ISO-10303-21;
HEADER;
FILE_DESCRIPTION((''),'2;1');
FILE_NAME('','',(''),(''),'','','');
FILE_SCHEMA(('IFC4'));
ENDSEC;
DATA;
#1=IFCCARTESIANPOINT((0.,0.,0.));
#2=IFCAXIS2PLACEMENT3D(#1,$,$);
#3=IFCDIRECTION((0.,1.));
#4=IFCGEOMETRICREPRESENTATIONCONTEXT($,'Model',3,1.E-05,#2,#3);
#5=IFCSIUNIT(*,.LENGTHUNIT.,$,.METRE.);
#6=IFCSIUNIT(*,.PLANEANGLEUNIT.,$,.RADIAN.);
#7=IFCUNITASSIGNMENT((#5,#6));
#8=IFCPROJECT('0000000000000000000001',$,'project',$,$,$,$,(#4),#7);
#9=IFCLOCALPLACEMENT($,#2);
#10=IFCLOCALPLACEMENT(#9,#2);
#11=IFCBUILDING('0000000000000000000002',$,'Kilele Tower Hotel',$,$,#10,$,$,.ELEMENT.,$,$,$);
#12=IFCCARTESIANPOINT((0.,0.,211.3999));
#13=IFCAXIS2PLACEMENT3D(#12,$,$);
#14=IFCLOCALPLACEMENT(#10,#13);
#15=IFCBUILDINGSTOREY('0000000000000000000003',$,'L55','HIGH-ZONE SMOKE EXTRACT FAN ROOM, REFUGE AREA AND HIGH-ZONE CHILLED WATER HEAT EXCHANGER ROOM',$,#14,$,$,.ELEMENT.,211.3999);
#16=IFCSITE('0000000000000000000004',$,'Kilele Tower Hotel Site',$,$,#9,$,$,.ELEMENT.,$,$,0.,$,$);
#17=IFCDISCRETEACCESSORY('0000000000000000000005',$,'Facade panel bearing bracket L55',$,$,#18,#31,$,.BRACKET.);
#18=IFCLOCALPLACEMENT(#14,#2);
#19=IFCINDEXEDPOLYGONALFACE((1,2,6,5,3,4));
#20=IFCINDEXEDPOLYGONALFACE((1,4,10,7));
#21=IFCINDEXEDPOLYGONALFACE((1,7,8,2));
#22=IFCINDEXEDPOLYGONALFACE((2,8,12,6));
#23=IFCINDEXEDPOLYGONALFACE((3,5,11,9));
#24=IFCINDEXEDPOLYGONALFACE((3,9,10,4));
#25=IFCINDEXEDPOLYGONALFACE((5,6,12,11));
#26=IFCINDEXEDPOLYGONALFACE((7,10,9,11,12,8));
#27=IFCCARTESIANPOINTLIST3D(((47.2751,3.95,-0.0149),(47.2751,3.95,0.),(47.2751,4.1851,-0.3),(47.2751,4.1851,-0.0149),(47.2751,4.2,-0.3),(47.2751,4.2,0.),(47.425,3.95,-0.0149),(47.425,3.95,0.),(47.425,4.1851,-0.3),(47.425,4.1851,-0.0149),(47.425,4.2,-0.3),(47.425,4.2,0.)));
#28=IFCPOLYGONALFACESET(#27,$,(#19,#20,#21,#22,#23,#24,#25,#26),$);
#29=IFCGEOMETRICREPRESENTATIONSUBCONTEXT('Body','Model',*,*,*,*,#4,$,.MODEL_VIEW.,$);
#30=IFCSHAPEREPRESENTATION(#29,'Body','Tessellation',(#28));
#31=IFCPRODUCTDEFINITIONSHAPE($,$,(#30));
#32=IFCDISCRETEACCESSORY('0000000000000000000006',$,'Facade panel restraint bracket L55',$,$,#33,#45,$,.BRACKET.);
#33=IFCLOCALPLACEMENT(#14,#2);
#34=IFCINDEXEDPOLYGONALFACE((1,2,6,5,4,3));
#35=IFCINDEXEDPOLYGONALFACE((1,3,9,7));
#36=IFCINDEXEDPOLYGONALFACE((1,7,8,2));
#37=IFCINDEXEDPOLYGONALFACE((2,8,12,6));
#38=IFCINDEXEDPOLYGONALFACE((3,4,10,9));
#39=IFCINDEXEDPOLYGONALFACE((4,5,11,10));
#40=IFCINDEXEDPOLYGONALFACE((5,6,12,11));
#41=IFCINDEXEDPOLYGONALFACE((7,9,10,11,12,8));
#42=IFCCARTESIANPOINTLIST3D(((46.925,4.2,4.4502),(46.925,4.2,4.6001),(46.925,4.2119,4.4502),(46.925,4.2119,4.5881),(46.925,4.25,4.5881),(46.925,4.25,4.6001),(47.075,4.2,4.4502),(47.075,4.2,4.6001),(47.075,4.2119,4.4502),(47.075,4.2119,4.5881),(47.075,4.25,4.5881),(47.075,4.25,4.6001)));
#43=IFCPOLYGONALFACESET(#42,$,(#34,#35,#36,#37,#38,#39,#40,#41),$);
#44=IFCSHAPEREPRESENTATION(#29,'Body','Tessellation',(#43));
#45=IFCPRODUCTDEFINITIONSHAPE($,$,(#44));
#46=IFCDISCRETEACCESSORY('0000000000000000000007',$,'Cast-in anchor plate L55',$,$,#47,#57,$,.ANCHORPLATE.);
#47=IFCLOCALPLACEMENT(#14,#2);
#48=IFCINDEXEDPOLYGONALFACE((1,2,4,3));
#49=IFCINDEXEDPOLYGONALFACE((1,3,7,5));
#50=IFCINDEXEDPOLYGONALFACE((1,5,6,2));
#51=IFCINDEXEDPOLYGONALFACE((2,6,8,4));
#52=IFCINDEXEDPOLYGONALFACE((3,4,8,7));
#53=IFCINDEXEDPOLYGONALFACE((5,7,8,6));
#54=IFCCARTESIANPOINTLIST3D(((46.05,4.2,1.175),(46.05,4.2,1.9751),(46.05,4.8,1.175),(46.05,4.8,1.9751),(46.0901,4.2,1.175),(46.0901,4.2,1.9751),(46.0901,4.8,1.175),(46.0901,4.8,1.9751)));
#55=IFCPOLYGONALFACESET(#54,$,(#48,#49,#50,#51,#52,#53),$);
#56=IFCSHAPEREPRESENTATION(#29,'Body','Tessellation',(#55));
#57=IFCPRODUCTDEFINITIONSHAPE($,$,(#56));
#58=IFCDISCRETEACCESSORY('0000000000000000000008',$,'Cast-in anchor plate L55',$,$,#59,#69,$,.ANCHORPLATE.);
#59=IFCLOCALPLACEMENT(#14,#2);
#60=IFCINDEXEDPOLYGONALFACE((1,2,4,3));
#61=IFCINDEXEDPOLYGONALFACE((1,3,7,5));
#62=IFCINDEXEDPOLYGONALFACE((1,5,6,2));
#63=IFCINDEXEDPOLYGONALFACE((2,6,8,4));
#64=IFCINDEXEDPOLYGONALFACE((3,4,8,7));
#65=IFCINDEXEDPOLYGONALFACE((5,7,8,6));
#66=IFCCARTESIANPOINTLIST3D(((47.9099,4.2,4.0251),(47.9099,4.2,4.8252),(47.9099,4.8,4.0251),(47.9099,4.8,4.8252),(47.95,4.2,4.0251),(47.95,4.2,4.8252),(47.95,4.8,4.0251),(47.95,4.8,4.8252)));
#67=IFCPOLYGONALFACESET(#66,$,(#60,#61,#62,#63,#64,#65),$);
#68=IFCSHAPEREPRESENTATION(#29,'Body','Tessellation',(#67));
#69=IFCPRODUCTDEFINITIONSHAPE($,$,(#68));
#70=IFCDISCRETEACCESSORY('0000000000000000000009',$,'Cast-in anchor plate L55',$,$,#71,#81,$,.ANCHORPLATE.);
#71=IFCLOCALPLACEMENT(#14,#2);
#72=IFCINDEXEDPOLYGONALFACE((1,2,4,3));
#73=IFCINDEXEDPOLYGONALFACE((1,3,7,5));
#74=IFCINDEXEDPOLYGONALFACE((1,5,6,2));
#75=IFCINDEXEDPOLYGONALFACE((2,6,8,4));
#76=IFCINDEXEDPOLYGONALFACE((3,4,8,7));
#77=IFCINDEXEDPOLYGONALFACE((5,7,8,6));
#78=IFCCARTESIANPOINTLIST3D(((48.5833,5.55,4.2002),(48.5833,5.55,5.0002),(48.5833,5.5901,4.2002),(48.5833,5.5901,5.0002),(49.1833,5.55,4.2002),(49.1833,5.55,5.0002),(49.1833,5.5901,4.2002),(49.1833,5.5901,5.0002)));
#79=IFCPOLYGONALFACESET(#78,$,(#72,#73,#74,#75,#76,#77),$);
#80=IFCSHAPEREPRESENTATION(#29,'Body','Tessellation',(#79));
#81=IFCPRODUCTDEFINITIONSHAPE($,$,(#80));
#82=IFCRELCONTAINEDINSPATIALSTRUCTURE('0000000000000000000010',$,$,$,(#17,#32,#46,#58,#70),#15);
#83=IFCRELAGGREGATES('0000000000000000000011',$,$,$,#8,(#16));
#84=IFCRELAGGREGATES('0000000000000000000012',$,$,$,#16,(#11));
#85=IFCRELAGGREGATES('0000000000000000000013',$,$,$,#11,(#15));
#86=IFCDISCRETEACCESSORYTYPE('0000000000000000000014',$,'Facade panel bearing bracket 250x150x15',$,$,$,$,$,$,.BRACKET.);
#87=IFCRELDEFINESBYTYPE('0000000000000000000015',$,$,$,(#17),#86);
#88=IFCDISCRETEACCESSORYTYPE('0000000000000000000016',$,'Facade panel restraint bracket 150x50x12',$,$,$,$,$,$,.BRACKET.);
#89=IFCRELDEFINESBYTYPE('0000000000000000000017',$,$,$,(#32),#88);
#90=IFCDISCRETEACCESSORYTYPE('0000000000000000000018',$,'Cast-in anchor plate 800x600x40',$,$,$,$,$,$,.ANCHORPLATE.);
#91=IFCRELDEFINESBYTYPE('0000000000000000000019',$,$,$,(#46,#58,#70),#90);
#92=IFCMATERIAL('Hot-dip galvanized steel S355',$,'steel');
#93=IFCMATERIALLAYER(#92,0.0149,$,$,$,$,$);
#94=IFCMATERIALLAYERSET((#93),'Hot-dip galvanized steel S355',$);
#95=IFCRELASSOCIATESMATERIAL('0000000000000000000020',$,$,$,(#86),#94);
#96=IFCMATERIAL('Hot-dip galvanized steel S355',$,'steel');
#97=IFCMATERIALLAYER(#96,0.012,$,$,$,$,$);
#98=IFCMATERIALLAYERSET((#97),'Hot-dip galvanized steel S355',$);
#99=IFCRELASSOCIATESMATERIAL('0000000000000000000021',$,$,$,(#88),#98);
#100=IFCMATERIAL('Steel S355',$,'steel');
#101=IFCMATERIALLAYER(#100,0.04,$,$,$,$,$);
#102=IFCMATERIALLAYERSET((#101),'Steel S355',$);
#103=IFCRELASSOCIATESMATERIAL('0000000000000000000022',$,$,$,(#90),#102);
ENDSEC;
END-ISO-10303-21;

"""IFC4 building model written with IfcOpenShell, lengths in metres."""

from ifc_helpers import new_model, si_unit, direction, frame, origin, place, context, subcontext, project, spatial, polyline, outline, extrude, source, transform, mapped, material, layer, layer_set, type_object, element, save


model = new_model("IFC4")

# Units and contexts
model_context = context("Model", 3, precision=1e-05, world=origin(), true_north=direction((0.0, 1.0)))
body_context = subcontext(model_context, "Body", "Model", "MODEL_VIEW")
ifc_project = project(units=[si_unit("LENGTHUNIT", "METRE"), si_unit("PLANEANGLEUNIT", "RADIAN")], contexts=[model_context])

# Site, building, storey
site_placement = place(None, origin())
site = spatial("IfcSite", under=ifc_project, at=site_placement, Name="Kilele Tower Hotel Site", CompositionType="ELEMENT", RefElevation=0.0)
building_placement = place(site_placement, origin())
building = spatial("IfcBuilding", under=site, at=building_placement, Name="Kilele Tower Hotel", CompositionType="ELEMENT")
storey_placement = place(building_placement, frame((0.0, 0.0, 211.3999)))
storey = spatial("IfcBuildingStorey", under=building, at=storey_placement, Name="L55", Description="HIGH-ZONE SMOKE EXTRACT FAN ROOM, REFUGE AREA AND HIGH-ZONE CHILLED WATER HEAT EXCHANGER ROOM", CompositionType="ELEMENT", Elevation=211.3999)

# Discrete accessories
ifc_material_1 = material(Name="Hot-dip galvanized steel S355", Category="steel")
ifc_layer_1 = layer(ifc_material_1, 0.0149)
ifc_layer_set_1 = layer_set([ifc_layer_1], Name="Hot-dip galvanized steel S355")
discrete_accessory_type_1 = type_object("IfcDiscreteAccessoryType", Name="Facade panel bearing bracket 250x150x15", PredefinedType="BRACKET", material=ifc_layer_set_1)
shared_shape_1 = source(origin(), body_context, "Body", "SweptSolid", [
    extrude(outline(polyline([(0.0, 0.0), (0.25, 0.0), (0.25, -0.0149), (0.0149, -0.0149), (0.0149, -0.3), (0.0, -0.3), (0.0, 0.0)])), origin(), (0.0, 0.0, 1.0), 0.1499),
])
for number, where, z_axis, x_axis, name in (
    (1, (47.425, 4.2, 0.0), (-1.0, 0.0, 0.0), (0.0, -1.0, 0.0), "Facade panel bearing bracket L55"),
):
    element("IfcDiscreteAccessory", number, at=place(storey_placement, frame(where, z_axis=z_axis, x_axis=x_axis)), inside=storey, type_object=discrete_accessory_type_1, Name=name, PredefinedType="BRACKET", context=body_context, shape_type="MappedRepresentation", body=[
        mapped(shared_shape_1, transform((0.0, 0.0, 0.0))),
    ])
ifc_material_2 = material(Name="Hot-dip galvanized steel S355", Category="steel")
ifc_layer_2 = layer(ifc_material_2, 0.012)
ifc_layer_set_2 = layer_set([ifc_layer_2], Name="Hot-dip galvanized steel S355")
discrete_accessory_type_2 = type_object("IfcDiscreteAccessoryType", Name="Facade panel restraint bracket 150x50x12", PredefinedType="BRACKET", material=ifc_layer_set_2)
shared_shape_2 = source(origin(), body_context, "Body", "SweptSolid", [
    extrude(outline(polyline([(0.0, 0.0), (0.0, -0.1499), (-0.012, -0.1499), (-0.012, -0.012), (-0.05, -0.012), (-0.05, 0.0), (0.0, 0.0)])), origin(), (0.0, 0.0, 1.0), 0.1499),
])
discrete_accessory_placement = place(storey_placement, frame((47.075, 4.2, 4.6001), z_axis=(-1.0, 0.0, 0.0), x_axis=(0.0, -1.0, 0.0)))
element("IfcDiscreteAccessory", 2, at=discrete_accessory_placement, inside=storey, type_object=discrete_accessory_type_2, Name="Facade panel restraint bracket L55", PredefinedType="BRACKET", context=body_context, shape_type="MappedRepresentation", body=[
    mapped(shared_shape_2, transform((0.0, 0.0, 0.0))),
])
ifc_material_3 = material(Name="Steel S355", Category="steel")
ifc_layer_3 = layer(ifc_material_3, 0.04)
ifc_layer_set_3 = layer_set([ifc_layer_3], Name="Steel S355")
discrete_accessory_type_3 = type_object("IfcDiscreteAccessoryType", Name="Cast-in anchor plate 800x600x40", PredefinedType="ANCHORPLATE", material=ifc_layer_set_3)
shared_shape_3 = source(origin(), body_context, "Body", "SweptSolid", [
    extrude(outline(polyline([(0.0, 0.0), (0.04, 0.0), (0.04, 0.8), (0.0, 0.8), (0.0, 0.0)])), origin(), (0.0, 0.0, 1.0), 0.6001),
])
for number, where, z_axis, x_axis, name in (
    (3, (46.05, 4.8, 1.175), (0.0, -1.0, 0.0), (1.0, 0.0, 0.0), "Cast-in anchor plate L55"),
    (4, (47.95, 4.2, 4.0251), (0.0, 1.0, 0.0), (-1.0, 0.0, 0.0), "Cast-in anchor plate L55"),
    (5, (48.5833, 5.55, 4.2002), (1.0, 0.0, 0.0), (0.0, 1.0, 0.0), "Cast-in anchor plate L55"),
):
    element("IfcDiscreteAccessory", number, at=place(storey_placement, frame(where, z_axis=z_axis, x_axis=x_axis)), inside=storey, type_object=discrete_accessory_type_3, Name=name, PredefinedType="ANCHORPLATE", context=body_context, shape_type="MappedRepresentation", body=[
        mapped(shared_shape_3, transform((0.0, 0.0, 0.0))),
    ])

save(model, "model.ifc")
